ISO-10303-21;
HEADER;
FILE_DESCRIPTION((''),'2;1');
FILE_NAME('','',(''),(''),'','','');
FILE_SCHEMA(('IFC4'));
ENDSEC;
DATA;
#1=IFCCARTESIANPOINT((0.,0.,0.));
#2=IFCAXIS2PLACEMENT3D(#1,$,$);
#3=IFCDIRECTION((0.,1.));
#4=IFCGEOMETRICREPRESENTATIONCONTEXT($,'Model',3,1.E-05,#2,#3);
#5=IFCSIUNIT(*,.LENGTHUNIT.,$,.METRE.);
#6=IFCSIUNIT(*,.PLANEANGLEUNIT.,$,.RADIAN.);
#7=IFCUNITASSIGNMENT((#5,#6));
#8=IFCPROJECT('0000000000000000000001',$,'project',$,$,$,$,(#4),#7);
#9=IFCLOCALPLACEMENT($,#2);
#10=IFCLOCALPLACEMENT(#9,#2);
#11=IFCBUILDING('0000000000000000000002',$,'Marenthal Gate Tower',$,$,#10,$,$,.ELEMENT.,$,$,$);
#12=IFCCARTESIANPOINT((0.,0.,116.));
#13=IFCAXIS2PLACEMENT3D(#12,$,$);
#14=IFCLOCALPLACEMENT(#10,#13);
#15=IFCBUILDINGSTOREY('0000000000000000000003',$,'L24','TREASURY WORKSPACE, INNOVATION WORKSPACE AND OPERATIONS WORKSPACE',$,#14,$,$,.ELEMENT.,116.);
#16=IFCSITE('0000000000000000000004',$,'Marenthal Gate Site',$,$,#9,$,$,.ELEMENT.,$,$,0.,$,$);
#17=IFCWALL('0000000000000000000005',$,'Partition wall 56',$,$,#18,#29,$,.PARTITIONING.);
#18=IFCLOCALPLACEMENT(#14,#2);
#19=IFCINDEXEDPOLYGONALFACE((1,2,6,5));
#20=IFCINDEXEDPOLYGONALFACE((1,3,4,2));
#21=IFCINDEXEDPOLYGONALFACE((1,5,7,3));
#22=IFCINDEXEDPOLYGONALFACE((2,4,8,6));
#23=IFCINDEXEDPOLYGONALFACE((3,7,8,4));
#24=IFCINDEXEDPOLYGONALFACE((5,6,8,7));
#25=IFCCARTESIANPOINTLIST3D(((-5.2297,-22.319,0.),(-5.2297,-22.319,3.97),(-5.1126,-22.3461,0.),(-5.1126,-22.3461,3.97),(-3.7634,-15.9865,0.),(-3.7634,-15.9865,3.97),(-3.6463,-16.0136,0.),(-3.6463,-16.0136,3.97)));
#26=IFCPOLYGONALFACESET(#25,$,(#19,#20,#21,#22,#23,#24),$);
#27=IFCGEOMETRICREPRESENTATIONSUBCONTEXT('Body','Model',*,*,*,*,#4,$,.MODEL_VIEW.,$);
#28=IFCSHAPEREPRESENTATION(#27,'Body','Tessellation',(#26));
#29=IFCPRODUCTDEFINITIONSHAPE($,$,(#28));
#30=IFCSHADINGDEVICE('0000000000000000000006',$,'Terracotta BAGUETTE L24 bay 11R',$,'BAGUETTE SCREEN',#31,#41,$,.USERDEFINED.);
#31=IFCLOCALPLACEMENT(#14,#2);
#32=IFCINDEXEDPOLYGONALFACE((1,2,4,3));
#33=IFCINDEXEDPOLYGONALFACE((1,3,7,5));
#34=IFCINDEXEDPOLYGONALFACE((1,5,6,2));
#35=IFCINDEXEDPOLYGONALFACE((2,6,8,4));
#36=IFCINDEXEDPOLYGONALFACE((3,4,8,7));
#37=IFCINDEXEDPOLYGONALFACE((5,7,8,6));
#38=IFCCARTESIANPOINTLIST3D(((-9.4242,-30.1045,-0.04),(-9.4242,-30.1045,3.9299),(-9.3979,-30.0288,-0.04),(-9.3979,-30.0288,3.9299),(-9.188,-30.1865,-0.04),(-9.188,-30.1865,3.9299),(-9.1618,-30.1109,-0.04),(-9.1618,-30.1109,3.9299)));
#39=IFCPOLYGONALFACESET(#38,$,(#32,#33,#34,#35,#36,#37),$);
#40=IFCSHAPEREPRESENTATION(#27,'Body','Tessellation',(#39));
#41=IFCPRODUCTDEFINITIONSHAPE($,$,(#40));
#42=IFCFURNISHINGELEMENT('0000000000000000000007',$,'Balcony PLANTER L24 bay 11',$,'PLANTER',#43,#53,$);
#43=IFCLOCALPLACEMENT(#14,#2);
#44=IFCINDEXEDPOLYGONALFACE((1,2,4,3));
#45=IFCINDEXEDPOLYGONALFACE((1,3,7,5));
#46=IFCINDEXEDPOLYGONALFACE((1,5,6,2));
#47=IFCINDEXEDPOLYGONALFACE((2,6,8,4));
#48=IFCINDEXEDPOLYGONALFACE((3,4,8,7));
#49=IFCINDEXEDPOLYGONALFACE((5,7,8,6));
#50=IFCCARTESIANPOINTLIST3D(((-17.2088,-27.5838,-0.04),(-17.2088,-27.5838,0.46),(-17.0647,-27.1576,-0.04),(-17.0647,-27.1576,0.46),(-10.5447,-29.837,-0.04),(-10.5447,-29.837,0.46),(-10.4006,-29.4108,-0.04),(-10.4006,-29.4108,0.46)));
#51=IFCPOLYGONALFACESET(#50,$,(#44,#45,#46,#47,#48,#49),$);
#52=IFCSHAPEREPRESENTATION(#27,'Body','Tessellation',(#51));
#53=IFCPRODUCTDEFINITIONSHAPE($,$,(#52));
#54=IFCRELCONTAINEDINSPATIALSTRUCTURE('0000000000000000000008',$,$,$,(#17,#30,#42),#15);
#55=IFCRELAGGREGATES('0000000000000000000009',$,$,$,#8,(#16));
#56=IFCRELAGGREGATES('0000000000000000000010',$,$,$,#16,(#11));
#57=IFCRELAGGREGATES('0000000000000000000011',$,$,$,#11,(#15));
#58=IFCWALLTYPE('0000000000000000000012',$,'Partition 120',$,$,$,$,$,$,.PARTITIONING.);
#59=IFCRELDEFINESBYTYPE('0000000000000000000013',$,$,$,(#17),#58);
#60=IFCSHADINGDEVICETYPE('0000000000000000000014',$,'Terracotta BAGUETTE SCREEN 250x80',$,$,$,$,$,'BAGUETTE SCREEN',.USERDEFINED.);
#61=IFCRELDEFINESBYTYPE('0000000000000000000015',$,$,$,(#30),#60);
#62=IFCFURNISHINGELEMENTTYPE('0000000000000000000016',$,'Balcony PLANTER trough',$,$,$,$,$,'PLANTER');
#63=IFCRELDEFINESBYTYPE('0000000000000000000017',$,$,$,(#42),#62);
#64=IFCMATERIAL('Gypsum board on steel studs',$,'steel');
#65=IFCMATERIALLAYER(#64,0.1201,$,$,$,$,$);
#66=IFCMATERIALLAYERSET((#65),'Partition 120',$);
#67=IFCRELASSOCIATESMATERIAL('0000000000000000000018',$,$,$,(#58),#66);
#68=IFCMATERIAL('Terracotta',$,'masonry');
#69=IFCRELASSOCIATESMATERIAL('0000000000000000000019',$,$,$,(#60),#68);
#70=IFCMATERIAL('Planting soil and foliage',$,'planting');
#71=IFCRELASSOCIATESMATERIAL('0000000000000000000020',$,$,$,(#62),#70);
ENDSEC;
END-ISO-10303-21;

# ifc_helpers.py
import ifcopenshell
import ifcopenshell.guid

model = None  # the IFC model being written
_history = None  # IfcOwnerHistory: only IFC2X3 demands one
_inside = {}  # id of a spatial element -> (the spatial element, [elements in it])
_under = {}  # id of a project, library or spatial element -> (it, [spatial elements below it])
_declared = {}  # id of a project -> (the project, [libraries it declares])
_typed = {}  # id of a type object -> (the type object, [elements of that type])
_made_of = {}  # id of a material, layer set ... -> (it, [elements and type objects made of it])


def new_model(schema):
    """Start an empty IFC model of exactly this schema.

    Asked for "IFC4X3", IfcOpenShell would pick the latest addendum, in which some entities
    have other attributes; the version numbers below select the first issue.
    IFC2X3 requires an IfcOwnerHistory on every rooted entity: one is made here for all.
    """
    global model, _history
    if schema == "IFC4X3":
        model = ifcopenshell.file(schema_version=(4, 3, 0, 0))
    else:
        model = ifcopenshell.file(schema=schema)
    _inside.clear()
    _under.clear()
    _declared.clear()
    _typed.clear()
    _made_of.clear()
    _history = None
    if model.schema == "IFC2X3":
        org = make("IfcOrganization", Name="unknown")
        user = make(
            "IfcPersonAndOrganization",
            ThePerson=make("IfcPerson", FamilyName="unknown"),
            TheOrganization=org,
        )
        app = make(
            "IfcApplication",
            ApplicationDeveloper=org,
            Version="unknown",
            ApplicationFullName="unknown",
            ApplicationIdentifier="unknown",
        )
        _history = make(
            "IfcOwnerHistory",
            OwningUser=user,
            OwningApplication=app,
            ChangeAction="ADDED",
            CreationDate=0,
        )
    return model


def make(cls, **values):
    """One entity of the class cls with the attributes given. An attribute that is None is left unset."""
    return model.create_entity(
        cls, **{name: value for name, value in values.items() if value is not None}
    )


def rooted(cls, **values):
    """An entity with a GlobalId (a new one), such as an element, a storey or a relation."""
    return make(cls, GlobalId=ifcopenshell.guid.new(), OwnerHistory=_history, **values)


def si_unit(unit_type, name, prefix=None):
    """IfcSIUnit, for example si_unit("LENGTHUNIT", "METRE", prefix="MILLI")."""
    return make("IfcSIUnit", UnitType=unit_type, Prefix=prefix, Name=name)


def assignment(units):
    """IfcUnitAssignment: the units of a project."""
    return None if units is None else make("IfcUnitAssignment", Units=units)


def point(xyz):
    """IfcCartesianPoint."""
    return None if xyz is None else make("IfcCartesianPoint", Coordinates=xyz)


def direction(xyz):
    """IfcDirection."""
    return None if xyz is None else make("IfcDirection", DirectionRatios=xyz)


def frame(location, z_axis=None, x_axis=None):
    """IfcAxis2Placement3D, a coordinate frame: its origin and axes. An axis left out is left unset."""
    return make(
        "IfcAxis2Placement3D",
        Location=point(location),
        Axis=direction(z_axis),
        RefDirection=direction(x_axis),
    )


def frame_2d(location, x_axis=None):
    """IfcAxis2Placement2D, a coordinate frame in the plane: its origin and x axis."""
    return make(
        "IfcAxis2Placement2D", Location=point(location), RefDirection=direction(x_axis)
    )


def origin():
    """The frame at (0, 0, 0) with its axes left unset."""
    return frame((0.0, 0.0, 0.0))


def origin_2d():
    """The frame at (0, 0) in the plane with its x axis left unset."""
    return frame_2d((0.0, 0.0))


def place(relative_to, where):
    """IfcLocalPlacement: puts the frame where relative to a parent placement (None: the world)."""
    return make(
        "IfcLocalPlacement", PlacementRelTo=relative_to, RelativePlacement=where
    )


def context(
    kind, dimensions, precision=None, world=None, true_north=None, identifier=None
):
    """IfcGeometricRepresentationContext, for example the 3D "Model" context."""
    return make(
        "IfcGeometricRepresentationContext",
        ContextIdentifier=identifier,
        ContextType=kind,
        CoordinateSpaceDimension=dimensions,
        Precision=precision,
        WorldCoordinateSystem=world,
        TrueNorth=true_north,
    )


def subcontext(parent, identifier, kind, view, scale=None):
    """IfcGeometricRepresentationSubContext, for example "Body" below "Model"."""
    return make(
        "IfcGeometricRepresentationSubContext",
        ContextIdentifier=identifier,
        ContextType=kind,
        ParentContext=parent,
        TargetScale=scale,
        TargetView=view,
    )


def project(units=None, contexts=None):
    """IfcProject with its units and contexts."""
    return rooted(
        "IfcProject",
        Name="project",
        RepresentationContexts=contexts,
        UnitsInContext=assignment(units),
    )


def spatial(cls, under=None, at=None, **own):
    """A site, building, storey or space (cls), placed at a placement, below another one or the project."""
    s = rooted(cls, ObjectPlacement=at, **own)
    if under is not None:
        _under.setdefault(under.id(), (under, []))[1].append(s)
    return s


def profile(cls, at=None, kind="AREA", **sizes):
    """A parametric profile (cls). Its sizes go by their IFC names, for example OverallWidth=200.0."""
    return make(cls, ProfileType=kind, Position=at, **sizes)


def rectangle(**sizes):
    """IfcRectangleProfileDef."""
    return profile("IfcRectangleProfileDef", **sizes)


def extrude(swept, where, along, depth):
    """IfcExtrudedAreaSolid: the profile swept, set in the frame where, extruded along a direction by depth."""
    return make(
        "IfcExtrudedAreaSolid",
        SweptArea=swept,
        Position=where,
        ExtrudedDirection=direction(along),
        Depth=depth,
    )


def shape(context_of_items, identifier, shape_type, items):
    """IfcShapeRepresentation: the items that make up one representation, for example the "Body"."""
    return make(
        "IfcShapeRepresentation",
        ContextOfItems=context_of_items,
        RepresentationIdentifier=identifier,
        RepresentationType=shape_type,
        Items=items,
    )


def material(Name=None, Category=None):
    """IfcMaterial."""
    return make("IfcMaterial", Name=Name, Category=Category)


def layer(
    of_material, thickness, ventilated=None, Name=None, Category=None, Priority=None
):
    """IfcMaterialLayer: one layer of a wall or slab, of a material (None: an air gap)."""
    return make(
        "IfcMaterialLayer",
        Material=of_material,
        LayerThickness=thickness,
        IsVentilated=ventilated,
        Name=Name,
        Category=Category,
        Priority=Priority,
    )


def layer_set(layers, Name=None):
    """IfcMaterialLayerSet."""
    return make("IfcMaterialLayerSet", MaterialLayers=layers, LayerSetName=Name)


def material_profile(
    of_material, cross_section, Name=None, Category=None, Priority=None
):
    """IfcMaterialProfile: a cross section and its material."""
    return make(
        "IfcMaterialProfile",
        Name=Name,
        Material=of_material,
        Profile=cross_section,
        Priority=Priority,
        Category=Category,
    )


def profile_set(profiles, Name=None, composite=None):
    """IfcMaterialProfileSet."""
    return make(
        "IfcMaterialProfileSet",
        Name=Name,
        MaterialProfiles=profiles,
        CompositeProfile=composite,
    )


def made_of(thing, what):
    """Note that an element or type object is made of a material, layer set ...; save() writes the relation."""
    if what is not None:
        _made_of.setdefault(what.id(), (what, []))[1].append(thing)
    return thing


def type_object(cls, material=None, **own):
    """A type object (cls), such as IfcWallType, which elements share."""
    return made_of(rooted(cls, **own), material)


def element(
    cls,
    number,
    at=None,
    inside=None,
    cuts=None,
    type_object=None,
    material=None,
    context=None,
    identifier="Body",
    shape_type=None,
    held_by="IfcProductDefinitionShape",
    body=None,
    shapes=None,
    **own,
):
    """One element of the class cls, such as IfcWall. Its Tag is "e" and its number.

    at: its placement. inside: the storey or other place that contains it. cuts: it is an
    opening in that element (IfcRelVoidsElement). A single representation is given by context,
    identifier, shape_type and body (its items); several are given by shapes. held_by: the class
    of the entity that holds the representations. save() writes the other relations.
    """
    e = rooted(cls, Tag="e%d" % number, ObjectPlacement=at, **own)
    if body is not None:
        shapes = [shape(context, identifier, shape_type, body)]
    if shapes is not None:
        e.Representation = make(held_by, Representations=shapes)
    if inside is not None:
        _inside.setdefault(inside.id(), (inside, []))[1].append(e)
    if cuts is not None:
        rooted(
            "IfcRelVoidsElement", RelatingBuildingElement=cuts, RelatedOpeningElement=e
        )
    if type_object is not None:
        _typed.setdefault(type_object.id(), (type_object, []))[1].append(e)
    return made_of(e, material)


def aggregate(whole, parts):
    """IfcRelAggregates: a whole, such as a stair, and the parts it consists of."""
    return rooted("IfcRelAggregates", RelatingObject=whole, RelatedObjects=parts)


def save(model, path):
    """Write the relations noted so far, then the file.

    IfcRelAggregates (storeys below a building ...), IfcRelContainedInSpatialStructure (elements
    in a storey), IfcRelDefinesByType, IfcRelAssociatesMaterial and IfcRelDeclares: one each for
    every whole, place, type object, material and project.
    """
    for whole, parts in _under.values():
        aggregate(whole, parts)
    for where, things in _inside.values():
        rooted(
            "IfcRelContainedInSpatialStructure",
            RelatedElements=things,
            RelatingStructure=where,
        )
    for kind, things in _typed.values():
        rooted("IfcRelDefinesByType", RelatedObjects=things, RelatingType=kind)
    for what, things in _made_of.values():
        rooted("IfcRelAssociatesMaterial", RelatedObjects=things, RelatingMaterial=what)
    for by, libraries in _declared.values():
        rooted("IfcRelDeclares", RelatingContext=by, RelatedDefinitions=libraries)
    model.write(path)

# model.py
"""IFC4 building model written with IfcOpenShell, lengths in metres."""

from ifc_helpers import new_model, si_unit, direction, frame, frame_2d, origin, origin_2d, place, context, subcontext, project, spatial, rectangle, extrude, material, layer, layer_set, material_profile, profile_set, type_object, element, save


model = new_model("IFC4")

# Units and contexts
model_context = context("Model", 3, precision=1e-05, world=origin(), true_north=direction((0.0, 1.0)))
body_context = subcontext(model_context, "Body", "Model", "MODEL_VIEW")
ifc_project = project(units=[si_unit("LENGTHUNIT", "METRE"), si_unit("PLANEANGLEUNIT", "RADIAN")], contexts=[model_context])

# Site, building, storey
site_placement = place(None, origin())
site = spatial("IfcSite", under=ifc_project, at=site_placement, Name="Marenthal Gate Site", CompositionType="ELEMENT", RefElevation=0.0)
building_placement = place(site_placement, origin())
building = spatial("IfcBuilding", under=site, at=building_placement, Name="Marenthal Gate Tower", CompositionType="ELEMENT")
storey_placement = place(building_placement, frame((0.0, 0.0, 116.0)))
storey = spatial("IfcBuildingStorey", under=building, at=storey_placement, Name="L24", Description="TREASURY WORKSPACE, INNOVATION WORKSPACE AND OPERATIONS WORKSPACE", CompositionType="ELEMENT", Elevation=116.0)

# Wall
ifc_material_1 = material(Name="Gypsum board on steel studs", Category="steel")
ifc_layer_1 = layer(ifc_material_1, 0.1201)
ifc_layer_set_1 = layer_set([ifc_layer_1], Name="Partition 120")
wall_type = type_object("IfcWallType", Name="Partition 120", PredefinedType="PARTITIONING", material=ifc_layer_set_1)
wall_1_placement = place(storey_placement, frame((-5.1711, -22.3325, 0.0), z_axis=(0.0, 0.0, 1.0), x_axis=(0.225584, 0.974224, 0.0)))
element("IfcWall", 1, at=wall_1_placement, inside=storey, type_object=wall_type, Name="Partition wall 56", PredefinedType="PARTITIONING", context=body_context, shape_type="SweptSolid", body=[
    extrude(rectangle(XDim=6.5, YDim=0.1201, at=frame_2d((3.25, 0.0))), origin(), (0.0, 0.0, 1.0), 3.97),
])

# Shading device
ifc_material_2 = material(Name="Terracotta", Category="masonry")
ifc_material_profile_1 = material_profile(ifc_material_2, rectangle(XDim=0.25, YDim=0.0801, at=origin_2d()), Name="Terracotta baguette 250x80")
ifc_profile_set_1 = profile_set([ifc_material_profile_1], Name="Terracotta")
shading_device_type = type_object("IfcShadingDeviceType", Name="Terracotta BAGUETTE SCREEN 250x80", ElementType="BAGUETTE SCREEN", PredefinedType="USERDEFINED", material=ifc_profile_set_1)
shading_device_placement = place(storey_placement, frame((-9.293, -30.1077, -0.04), z_axis=(0.0, 0.0, 1.0), x_axis=(0.944597, -0.328231, 0.0)))
element("IfcShadingDevice", 2, at=shading_device_placement, inside=storey, type_object=shading_device_type, Name="Terracotta BAGUETTE L24 bay 11R", ObjectType="BAGUETTE SCREEN", PredefinedType="USERDEFINED", context=body_context, shape_type="SweptSolid", body=[
    extrude(rectangle(XDim=0.25, YDim=0.0801, at=origin_2d()), origin(), (0.0, 0.0, 1.0), 3.97),
])

# Furnishing element
ifc_material_3 = material(Name="Planting soil and foliage", Category="planting")
furnishing_element_type = type_object("IfcFurnishingElementType", Name="Balcony PLANTER trough", ElementType="PLANTER", material=ifc_material_3)
furnishing_placement = place(storey_placement, frame((-13.8047, -28.4973, -0.04), z_axis=(0.0, 0.0, 1.0), x_axis=(0.947316, -0.3203, 0.0)))
element("IfcFurnishingElement", 3, at=furnishing_placement, inside=storey, type_object=furnishing_element_type, Name="Balcony PLANTER L24 bay 11", ObjectType="PLANTER", context=body_context, shape_type="SweptSolid", body=[
    extrude(rectangle(XDim=7.0347, YDim=0.45, at=origin_2d()), origin(), (0.0, 0.0, 1.0), 0.5),
])

save(model, "model.ifc")
